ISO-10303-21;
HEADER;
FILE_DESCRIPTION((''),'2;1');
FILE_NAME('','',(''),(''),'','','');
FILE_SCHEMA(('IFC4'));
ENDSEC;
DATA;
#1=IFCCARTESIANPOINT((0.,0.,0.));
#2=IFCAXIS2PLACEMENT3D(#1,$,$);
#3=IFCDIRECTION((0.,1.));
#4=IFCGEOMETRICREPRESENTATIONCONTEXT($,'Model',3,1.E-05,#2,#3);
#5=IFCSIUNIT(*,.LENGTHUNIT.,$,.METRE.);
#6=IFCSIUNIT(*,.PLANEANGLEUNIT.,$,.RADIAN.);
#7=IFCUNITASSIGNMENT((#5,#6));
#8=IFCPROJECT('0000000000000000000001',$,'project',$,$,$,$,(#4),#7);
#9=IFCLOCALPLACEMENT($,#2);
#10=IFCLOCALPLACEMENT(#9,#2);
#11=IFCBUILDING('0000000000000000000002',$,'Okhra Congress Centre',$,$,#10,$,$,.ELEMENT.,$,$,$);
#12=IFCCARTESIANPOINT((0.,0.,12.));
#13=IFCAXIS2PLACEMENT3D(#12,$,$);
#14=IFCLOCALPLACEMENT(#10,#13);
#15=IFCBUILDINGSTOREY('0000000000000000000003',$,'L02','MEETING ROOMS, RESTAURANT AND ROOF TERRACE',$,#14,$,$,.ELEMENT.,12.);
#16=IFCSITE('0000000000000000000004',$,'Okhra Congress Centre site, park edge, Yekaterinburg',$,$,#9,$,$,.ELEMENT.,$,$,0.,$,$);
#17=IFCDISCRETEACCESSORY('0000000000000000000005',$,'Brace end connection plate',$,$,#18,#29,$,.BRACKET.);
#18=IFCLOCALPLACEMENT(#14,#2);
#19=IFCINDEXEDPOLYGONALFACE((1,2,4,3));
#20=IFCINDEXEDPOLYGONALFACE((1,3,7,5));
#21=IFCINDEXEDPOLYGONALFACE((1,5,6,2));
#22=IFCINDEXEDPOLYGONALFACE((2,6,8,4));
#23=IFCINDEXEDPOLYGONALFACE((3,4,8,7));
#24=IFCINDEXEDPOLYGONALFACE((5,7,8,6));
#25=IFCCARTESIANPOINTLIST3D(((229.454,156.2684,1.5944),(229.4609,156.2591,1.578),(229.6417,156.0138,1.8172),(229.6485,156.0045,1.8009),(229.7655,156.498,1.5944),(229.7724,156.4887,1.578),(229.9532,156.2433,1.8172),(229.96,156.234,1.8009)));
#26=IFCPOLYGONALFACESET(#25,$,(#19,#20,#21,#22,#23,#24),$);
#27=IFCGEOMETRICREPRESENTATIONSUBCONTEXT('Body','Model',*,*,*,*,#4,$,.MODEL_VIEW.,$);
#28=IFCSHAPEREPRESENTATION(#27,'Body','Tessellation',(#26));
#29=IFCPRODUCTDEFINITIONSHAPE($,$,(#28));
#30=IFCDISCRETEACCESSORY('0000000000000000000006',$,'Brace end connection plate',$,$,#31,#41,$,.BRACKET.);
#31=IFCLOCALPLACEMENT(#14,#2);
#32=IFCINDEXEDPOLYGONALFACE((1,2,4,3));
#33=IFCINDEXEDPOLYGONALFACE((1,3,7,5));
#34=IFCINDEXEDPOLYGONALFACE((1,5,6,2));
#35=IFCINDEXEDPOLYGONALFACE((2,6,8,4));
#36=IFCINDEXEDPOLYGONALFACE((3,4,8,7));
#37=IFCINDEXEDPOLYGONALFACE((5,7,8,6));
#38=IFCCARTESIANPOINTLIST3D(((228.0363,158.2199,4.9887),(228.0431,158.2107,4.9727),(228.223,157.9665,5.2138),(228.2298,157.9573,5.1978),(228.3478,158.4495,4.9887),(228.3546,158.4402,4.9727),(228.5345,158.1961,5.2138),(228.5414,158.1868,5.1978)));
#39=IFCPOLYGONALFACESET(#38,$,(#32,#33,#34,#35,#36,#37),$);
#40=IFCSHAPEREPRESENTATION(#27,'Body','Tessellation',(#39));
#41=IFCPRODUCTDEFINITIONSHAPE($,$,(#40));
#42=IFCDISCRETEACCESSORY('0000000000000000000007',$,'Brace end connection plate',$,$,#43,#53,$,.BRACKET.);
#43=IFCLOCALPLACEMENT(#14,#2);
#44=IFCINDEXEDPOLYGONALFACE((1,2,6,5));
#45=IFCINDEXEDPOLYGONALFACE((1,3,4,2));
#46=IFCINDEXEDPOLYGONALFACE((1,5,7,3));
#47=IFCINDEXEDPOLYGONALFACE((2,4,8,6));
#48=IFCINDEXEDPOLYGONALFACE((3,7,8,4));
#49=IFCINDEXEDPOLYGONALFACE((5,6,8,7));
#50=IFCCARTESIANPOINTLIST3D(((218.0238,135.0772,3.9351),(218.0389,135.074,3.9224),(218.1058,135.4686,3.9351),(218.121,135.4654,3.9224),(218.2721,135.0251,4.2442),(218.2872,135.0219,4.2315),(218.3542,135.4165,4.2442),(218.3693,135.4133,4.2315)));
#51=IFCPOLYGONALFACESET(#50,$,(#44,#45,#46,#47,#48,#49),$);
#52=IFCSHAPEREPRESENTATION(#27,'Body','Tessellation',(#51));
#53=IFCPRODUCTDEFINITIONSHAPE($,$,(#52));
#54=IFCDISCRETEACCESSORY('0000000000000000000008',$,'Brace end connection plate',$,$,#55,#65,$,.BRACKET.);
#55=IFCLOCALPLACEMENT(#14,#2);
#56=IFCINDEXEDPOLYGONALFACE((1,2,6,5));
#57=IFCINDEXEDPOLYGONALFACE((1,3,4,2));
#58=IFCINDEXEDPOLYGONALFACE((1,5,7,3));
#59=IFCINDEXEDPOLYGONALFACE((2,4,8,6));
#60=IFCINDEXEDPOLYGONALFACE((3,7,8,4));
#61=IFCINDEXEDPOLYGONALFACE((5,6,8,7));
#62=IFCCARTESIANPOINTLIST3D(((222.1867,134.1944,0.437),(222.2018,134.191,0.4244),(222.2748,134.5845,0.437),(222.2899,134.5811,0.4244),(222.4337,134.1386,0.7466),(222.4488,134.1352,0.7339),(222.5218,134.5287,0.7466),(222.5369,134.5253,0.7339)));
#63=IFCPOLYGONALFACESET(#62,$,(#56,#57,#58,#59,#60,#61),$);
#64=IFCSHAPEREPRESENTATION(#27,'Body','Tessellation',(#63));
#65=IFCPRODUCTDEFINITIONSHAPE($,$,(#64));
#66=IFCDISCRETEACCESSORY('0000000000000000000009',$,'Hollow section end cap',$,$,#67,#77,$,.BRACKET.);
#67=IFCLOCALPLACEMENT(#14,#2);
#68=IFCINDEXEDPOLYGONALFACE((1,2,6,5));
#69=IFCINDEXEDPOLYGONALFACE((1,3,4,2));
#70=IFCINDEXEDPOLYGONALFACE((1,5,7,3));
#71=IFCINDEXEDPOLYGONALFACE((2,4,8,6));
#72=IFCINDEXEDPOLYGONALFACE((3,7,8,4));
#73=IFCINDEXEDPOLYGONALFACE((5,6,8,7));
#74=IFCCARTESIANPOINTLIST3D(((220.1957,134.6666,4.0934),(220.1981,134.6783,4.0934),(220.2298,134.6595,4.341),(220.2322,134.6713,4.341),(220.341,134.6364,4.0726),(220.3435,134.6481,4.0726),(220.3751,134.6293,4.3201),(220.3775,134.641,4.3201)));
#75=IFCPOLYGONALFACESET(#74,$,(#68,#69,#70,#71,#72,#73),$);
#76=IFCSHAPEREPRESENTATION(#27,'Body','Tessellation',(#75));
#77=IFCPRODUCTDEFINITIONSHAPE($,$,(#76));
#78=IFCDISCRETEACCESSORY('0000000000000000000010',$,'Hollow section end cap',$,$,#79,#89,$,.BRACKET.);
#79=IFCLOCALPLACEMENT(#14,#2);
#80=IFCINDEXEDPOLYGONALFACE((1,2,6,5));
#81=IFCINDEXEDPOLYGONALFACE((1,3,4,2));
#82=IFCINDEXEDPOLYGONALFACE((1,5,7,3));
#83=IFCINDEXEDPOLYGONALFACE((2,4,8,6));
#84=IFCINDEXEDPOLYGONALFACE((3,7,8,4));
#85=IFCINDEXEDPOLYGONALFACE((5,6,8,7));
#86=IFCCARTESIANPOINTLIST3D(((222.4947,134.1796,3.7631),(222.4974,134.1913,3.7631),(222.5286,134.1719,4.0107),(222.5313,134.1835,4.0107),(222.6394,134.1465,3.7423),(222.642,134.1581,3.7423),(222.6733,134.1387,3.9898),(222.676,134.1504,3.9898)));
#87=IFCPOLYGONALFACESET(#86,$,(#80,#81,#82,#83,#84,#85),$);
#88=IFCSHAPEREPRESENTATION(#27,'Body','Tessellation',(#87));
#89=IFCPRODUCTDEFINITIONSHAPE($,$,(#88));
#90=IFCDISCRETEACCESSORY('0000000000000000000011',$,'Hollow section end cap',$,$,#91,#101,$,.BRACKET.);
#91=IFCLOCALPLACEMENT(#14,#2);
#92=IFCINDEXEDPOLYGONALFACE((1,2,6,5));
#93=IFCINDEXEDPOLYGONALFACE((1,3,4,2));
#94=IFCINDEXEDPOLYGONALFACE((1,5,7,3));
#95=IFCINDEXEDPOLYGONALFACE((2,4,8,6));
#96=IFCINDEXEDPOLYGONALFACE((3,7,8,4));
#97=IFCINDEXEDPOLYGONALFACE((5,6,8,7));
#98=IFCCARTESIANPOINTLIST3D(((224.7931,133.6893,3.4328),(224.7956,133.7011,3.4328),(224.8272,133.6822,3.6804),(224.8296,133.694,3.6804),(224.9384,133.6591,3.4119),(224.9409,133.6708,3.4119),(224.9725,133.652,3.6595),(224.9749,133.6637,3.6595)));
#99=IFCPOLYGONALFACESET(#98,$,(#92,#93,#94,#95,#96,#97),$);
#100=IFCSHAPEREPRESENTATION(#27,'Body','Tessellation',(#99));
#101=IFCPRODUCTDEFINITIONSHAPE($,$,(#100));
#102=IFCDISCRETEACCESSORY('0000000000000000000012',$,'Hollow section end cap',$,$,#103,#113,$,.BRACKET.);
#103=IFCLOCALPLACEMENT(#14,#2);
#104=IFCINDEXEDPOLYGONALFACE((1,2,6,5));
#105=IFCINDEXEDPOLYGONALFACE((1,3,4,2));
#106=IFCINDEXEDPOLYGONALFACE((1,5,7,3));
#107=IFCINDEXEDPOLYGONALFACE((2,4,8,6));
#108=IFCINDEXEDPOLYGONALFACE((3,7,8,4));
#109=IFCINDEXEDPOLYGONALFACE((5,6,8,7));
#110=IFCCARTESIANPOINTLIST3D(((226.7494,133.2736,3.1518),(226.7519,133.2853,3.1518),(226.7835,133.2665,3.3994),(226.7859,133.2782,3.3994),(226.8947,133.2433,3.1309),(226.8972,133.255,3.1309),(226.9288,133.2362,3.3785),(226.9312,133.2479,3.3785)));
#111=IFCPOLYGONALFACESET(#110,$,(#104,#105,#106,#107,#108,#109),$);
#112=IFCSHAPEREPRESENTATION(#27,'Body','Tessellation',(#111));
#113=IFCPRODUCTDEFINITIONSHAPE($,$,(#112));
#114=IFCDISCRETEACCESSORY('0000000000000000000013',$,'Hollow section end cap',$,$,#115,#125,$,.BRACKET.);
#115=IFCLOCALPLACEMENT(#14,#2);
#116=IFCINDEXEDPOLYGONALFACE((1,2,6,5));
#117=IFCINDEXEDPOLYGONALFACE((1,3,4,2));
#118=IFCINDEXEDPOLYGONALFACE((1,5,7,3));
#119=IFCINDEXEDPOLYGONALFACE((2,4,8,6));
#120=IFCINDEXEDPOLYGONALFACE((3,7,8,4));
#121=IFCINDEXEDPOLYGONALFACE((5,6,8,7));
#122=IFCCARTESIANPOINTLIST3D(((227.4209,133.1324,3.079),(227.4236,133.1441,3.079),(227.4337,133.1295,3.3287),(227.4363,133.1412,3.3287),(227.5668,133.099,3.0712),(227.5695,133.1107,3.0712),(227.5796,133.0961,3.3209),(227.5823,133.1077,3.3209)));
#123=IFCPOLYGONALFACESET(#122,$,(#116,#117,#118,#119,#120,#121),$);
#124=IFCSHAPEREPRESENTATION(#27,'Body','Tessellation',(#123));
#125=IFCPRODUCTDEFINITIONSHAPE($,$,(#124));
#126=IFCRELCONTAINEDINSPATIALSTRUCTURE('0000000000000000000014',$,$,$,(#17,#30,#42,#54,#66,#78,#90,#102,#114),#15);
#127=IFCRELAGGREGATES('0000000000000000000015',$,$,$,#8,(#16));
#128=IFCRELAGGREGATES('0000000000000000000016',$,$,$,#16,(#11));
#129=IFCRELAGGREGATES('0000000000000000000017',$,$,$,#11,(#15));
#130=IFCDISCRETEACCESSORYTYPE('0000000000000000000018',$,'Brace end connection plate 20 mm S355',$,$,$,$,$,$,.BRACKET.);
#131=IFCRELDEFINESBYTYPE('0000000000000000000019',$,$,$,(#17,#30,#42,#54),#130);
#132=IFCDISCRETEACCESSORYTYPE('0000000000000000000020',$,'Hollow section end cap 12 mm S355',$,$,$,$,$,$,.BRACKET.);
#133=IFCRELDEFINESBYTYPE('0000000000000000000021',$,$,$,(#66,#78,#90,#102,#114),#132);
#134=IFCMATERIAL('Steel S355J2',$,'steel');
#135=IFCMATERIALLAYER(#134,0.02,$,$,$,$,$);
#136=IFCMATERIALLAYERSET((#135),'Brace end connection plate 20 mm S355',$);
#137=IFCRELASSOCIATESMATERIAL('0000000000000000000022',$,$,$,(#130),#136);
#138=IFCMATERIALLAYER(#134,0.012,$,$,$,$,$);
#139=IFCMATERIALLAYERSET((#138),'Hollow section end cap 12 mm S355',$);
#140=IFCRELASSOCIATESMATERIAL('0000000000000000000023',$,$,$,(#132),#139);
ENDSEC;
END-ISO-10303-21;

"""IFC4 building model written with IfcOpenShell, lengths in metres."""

from ifc_helpers import new_model, si_unit, direction, frame, origin, origin_2d, place, context, subcontext, project, spatial, rectangle, extrude, material, layer, layer_set, type_object, element, save


model = new_model("IFC4")

# Units and contexts
model_context = context("Model", 3, precision=1e-05, world=origin(), true_north=direction((0.0, 1.0)))
body_context = subcontext(model_context, "Body", "Model", "MODEL_VIEW")
ifc_project = project(units=[si_unit("LENGTHUNIT", "METRE"), si_unit("PLANEANGLEUNIT", "RADIAN")], contexts=[model_context])

# Site, building, storey
site_placement = place(None, origin())
site = spatial("IfcSite", under=ifc_project, at=site_placement, Name="Okhra Congress Centre site, park edge, Yekaterinburg", CompositionType="ELEMENT", RefElevation=0.0)
building_placement = place(site_placement, origin())
building = spatial("IfcBuilding", under=site, at=building_placement, Name="Okhra Congress Centre", CompositionType="ELEMENT")
storey_placement = place(building_placement, frame((0.0, 0.0, 12.0)))
storey = spatial("IfcBuildingStorey", under=building, at=storey_placement, Name="L02", Description="MEETING ROOMS, RESTAURANT AND ROOF TERRACE", CompositionType="ELEMENT", Elevation=12.0)

# Shared definitions
ifc_material_1 = material(Name="Steel S355J2", Category="steel")

# Discrete accessories
ifc_layer_1 = layer(ifc_material_1, 0.02)
ifc_layer_set_1 = layer_set([ifc_layer_1], Name="Brace end connection plate 20 mm S355")
discrete_accessory_type_1 = type_object("IfcDiscreteAccessoryType", Name="Brace end connection plate 20 mm S355", PredefinedType="BRACKET", material=ifc_layer_set_1)
discrete_accessory_1_placement = place(storey_placement, frame((229.7036, 156.2559, 1.7058), z_axis=(0.341641, -0.463656, -0.817499), x_axis=(0.805056, 0.593199, 0.0)))
element("IfcDiscreteAccessory", 1, at=discrete_accessory_1_placement, inside=storey, type_object=discrete_accessory_type_1, Name="Brace end connection plate", PredefinedType="BRACKET", context=body_context, shape_type="SweptSolid", body=[
    extrude(rectangle(XDim=0.387, YDim=0.387, at=origin_2d()), origin(), (0.0, 0.0, 1.0), 0.02),
])
discrete_accessory_2_placement = place(storey_placement, frame((228.2922, 158.1987, 5.0852), z_axis=(-0.345075, 0.468316, 0.81339), x_axis=(-0.805056, -0.593199, 0.0)))
element("IfcDiscreteAccessory", 2, at=discrete_accessory_2_placement, inside=storey, type_object=discrete_accessory_type_1, Name="Brace end connection plate", PredefinedType="BRACKET", context=body_context, shape_type="SweptSolid", body=[
    extrude(rectangle(XDim=0.387, YDim=0.387, at=origin_2d()), origin(), (0.0, 0.0, 1.0), 0.0198),
])
for number, where, z_axis, x_axis, name in (
    (3, (218.2041, 135.2437, 4.0769), (-0.756491, 0.158619, 0.634477), (-0.205215, -0.978717, 0.0), "Brace end connection plate"),
    (4, (222.3542, 134.3616, 0.5918), (0.754976, -0.170478, -0.633205), (0.220261, 0.975441, 0.0), "Brace end connection plate"),
):
    element("IfcDiscreteAccessory", number, at=place(storey_placement, frame(where, z_axis=z_axis, x_axis=x_axis)), inside=storey, type_object=discrete_accessory_type_1, Name=name, PredefinedType="BRACKET", context=body_context, shape_type="SweptSolid", body=[
        extrude(rectangle(XDim=0.3999, YDim=0.3999, at=origin_2d()), origin(), (0.0, 0.0, 1.0), 0.02),
    ])
ifc_layer_2 = layer(ifc_material_1, 0.012)
ifc_layer_set_2 = layer_set([ifc_layer_2], Name="Hollow section end cap 12 mm S355")
discrete_accessory_type_2 = type_object("IfcDiscreteAccessoryType", Name="Hollow section end cap 12 mm S355", PredefinedType="BRACKET", material=ifc_layer_set_2)
for number, where, z_axis, x_axis, name in (
    (5, (220.2854, 134.6479, 4.2068), (0.203954, 0.97898, 0.0), (-0.969453, 0.201969, 0.139173), "Hollow section end cap"),
    (6, (222.584, 134.1592, 3.8765), (0.223376, 0.974732, 0.0), (-0.965246, 0.221202, 0.139173), "Hollow section end cap"),
    (7, (224.8828, 133.6707, 3.5461), (0.203954, 0.97898, 0.0), (-0.969453, 0.201969, 0.139173), "Hollow section end cap"),
    (8, (226.8391, 133.2549, 3.2651), (0.203954, 0.97898, 0.0), (-0.969453, 0.201969, 0.139173), "Hollow section end cap"),
    (9, (227.5002, 133.1143, 3.2), (0.223376, 0.974732, 0.0), (-0.973396, 0.22307, 0.052336), "Hollow section end cap"),
):
    element("IfcDiscreteAccessory", number, at=place(storey_placement, frame(where, z_axis=z_axis, x_axis=x_axis)), inside=storey, type_object=discrete_accessory_type_2, Name=name, PredefinedType="BRACKET", context=body_context, shape_type="SweptSolid", body=[
        extrude(rectangle(XDim=0.1499, YDim=0.25, at=origin_2d()), origin(), (0.0, 0.0, 1.0), 0.012),
    ])

save(model, "model.ifc")
